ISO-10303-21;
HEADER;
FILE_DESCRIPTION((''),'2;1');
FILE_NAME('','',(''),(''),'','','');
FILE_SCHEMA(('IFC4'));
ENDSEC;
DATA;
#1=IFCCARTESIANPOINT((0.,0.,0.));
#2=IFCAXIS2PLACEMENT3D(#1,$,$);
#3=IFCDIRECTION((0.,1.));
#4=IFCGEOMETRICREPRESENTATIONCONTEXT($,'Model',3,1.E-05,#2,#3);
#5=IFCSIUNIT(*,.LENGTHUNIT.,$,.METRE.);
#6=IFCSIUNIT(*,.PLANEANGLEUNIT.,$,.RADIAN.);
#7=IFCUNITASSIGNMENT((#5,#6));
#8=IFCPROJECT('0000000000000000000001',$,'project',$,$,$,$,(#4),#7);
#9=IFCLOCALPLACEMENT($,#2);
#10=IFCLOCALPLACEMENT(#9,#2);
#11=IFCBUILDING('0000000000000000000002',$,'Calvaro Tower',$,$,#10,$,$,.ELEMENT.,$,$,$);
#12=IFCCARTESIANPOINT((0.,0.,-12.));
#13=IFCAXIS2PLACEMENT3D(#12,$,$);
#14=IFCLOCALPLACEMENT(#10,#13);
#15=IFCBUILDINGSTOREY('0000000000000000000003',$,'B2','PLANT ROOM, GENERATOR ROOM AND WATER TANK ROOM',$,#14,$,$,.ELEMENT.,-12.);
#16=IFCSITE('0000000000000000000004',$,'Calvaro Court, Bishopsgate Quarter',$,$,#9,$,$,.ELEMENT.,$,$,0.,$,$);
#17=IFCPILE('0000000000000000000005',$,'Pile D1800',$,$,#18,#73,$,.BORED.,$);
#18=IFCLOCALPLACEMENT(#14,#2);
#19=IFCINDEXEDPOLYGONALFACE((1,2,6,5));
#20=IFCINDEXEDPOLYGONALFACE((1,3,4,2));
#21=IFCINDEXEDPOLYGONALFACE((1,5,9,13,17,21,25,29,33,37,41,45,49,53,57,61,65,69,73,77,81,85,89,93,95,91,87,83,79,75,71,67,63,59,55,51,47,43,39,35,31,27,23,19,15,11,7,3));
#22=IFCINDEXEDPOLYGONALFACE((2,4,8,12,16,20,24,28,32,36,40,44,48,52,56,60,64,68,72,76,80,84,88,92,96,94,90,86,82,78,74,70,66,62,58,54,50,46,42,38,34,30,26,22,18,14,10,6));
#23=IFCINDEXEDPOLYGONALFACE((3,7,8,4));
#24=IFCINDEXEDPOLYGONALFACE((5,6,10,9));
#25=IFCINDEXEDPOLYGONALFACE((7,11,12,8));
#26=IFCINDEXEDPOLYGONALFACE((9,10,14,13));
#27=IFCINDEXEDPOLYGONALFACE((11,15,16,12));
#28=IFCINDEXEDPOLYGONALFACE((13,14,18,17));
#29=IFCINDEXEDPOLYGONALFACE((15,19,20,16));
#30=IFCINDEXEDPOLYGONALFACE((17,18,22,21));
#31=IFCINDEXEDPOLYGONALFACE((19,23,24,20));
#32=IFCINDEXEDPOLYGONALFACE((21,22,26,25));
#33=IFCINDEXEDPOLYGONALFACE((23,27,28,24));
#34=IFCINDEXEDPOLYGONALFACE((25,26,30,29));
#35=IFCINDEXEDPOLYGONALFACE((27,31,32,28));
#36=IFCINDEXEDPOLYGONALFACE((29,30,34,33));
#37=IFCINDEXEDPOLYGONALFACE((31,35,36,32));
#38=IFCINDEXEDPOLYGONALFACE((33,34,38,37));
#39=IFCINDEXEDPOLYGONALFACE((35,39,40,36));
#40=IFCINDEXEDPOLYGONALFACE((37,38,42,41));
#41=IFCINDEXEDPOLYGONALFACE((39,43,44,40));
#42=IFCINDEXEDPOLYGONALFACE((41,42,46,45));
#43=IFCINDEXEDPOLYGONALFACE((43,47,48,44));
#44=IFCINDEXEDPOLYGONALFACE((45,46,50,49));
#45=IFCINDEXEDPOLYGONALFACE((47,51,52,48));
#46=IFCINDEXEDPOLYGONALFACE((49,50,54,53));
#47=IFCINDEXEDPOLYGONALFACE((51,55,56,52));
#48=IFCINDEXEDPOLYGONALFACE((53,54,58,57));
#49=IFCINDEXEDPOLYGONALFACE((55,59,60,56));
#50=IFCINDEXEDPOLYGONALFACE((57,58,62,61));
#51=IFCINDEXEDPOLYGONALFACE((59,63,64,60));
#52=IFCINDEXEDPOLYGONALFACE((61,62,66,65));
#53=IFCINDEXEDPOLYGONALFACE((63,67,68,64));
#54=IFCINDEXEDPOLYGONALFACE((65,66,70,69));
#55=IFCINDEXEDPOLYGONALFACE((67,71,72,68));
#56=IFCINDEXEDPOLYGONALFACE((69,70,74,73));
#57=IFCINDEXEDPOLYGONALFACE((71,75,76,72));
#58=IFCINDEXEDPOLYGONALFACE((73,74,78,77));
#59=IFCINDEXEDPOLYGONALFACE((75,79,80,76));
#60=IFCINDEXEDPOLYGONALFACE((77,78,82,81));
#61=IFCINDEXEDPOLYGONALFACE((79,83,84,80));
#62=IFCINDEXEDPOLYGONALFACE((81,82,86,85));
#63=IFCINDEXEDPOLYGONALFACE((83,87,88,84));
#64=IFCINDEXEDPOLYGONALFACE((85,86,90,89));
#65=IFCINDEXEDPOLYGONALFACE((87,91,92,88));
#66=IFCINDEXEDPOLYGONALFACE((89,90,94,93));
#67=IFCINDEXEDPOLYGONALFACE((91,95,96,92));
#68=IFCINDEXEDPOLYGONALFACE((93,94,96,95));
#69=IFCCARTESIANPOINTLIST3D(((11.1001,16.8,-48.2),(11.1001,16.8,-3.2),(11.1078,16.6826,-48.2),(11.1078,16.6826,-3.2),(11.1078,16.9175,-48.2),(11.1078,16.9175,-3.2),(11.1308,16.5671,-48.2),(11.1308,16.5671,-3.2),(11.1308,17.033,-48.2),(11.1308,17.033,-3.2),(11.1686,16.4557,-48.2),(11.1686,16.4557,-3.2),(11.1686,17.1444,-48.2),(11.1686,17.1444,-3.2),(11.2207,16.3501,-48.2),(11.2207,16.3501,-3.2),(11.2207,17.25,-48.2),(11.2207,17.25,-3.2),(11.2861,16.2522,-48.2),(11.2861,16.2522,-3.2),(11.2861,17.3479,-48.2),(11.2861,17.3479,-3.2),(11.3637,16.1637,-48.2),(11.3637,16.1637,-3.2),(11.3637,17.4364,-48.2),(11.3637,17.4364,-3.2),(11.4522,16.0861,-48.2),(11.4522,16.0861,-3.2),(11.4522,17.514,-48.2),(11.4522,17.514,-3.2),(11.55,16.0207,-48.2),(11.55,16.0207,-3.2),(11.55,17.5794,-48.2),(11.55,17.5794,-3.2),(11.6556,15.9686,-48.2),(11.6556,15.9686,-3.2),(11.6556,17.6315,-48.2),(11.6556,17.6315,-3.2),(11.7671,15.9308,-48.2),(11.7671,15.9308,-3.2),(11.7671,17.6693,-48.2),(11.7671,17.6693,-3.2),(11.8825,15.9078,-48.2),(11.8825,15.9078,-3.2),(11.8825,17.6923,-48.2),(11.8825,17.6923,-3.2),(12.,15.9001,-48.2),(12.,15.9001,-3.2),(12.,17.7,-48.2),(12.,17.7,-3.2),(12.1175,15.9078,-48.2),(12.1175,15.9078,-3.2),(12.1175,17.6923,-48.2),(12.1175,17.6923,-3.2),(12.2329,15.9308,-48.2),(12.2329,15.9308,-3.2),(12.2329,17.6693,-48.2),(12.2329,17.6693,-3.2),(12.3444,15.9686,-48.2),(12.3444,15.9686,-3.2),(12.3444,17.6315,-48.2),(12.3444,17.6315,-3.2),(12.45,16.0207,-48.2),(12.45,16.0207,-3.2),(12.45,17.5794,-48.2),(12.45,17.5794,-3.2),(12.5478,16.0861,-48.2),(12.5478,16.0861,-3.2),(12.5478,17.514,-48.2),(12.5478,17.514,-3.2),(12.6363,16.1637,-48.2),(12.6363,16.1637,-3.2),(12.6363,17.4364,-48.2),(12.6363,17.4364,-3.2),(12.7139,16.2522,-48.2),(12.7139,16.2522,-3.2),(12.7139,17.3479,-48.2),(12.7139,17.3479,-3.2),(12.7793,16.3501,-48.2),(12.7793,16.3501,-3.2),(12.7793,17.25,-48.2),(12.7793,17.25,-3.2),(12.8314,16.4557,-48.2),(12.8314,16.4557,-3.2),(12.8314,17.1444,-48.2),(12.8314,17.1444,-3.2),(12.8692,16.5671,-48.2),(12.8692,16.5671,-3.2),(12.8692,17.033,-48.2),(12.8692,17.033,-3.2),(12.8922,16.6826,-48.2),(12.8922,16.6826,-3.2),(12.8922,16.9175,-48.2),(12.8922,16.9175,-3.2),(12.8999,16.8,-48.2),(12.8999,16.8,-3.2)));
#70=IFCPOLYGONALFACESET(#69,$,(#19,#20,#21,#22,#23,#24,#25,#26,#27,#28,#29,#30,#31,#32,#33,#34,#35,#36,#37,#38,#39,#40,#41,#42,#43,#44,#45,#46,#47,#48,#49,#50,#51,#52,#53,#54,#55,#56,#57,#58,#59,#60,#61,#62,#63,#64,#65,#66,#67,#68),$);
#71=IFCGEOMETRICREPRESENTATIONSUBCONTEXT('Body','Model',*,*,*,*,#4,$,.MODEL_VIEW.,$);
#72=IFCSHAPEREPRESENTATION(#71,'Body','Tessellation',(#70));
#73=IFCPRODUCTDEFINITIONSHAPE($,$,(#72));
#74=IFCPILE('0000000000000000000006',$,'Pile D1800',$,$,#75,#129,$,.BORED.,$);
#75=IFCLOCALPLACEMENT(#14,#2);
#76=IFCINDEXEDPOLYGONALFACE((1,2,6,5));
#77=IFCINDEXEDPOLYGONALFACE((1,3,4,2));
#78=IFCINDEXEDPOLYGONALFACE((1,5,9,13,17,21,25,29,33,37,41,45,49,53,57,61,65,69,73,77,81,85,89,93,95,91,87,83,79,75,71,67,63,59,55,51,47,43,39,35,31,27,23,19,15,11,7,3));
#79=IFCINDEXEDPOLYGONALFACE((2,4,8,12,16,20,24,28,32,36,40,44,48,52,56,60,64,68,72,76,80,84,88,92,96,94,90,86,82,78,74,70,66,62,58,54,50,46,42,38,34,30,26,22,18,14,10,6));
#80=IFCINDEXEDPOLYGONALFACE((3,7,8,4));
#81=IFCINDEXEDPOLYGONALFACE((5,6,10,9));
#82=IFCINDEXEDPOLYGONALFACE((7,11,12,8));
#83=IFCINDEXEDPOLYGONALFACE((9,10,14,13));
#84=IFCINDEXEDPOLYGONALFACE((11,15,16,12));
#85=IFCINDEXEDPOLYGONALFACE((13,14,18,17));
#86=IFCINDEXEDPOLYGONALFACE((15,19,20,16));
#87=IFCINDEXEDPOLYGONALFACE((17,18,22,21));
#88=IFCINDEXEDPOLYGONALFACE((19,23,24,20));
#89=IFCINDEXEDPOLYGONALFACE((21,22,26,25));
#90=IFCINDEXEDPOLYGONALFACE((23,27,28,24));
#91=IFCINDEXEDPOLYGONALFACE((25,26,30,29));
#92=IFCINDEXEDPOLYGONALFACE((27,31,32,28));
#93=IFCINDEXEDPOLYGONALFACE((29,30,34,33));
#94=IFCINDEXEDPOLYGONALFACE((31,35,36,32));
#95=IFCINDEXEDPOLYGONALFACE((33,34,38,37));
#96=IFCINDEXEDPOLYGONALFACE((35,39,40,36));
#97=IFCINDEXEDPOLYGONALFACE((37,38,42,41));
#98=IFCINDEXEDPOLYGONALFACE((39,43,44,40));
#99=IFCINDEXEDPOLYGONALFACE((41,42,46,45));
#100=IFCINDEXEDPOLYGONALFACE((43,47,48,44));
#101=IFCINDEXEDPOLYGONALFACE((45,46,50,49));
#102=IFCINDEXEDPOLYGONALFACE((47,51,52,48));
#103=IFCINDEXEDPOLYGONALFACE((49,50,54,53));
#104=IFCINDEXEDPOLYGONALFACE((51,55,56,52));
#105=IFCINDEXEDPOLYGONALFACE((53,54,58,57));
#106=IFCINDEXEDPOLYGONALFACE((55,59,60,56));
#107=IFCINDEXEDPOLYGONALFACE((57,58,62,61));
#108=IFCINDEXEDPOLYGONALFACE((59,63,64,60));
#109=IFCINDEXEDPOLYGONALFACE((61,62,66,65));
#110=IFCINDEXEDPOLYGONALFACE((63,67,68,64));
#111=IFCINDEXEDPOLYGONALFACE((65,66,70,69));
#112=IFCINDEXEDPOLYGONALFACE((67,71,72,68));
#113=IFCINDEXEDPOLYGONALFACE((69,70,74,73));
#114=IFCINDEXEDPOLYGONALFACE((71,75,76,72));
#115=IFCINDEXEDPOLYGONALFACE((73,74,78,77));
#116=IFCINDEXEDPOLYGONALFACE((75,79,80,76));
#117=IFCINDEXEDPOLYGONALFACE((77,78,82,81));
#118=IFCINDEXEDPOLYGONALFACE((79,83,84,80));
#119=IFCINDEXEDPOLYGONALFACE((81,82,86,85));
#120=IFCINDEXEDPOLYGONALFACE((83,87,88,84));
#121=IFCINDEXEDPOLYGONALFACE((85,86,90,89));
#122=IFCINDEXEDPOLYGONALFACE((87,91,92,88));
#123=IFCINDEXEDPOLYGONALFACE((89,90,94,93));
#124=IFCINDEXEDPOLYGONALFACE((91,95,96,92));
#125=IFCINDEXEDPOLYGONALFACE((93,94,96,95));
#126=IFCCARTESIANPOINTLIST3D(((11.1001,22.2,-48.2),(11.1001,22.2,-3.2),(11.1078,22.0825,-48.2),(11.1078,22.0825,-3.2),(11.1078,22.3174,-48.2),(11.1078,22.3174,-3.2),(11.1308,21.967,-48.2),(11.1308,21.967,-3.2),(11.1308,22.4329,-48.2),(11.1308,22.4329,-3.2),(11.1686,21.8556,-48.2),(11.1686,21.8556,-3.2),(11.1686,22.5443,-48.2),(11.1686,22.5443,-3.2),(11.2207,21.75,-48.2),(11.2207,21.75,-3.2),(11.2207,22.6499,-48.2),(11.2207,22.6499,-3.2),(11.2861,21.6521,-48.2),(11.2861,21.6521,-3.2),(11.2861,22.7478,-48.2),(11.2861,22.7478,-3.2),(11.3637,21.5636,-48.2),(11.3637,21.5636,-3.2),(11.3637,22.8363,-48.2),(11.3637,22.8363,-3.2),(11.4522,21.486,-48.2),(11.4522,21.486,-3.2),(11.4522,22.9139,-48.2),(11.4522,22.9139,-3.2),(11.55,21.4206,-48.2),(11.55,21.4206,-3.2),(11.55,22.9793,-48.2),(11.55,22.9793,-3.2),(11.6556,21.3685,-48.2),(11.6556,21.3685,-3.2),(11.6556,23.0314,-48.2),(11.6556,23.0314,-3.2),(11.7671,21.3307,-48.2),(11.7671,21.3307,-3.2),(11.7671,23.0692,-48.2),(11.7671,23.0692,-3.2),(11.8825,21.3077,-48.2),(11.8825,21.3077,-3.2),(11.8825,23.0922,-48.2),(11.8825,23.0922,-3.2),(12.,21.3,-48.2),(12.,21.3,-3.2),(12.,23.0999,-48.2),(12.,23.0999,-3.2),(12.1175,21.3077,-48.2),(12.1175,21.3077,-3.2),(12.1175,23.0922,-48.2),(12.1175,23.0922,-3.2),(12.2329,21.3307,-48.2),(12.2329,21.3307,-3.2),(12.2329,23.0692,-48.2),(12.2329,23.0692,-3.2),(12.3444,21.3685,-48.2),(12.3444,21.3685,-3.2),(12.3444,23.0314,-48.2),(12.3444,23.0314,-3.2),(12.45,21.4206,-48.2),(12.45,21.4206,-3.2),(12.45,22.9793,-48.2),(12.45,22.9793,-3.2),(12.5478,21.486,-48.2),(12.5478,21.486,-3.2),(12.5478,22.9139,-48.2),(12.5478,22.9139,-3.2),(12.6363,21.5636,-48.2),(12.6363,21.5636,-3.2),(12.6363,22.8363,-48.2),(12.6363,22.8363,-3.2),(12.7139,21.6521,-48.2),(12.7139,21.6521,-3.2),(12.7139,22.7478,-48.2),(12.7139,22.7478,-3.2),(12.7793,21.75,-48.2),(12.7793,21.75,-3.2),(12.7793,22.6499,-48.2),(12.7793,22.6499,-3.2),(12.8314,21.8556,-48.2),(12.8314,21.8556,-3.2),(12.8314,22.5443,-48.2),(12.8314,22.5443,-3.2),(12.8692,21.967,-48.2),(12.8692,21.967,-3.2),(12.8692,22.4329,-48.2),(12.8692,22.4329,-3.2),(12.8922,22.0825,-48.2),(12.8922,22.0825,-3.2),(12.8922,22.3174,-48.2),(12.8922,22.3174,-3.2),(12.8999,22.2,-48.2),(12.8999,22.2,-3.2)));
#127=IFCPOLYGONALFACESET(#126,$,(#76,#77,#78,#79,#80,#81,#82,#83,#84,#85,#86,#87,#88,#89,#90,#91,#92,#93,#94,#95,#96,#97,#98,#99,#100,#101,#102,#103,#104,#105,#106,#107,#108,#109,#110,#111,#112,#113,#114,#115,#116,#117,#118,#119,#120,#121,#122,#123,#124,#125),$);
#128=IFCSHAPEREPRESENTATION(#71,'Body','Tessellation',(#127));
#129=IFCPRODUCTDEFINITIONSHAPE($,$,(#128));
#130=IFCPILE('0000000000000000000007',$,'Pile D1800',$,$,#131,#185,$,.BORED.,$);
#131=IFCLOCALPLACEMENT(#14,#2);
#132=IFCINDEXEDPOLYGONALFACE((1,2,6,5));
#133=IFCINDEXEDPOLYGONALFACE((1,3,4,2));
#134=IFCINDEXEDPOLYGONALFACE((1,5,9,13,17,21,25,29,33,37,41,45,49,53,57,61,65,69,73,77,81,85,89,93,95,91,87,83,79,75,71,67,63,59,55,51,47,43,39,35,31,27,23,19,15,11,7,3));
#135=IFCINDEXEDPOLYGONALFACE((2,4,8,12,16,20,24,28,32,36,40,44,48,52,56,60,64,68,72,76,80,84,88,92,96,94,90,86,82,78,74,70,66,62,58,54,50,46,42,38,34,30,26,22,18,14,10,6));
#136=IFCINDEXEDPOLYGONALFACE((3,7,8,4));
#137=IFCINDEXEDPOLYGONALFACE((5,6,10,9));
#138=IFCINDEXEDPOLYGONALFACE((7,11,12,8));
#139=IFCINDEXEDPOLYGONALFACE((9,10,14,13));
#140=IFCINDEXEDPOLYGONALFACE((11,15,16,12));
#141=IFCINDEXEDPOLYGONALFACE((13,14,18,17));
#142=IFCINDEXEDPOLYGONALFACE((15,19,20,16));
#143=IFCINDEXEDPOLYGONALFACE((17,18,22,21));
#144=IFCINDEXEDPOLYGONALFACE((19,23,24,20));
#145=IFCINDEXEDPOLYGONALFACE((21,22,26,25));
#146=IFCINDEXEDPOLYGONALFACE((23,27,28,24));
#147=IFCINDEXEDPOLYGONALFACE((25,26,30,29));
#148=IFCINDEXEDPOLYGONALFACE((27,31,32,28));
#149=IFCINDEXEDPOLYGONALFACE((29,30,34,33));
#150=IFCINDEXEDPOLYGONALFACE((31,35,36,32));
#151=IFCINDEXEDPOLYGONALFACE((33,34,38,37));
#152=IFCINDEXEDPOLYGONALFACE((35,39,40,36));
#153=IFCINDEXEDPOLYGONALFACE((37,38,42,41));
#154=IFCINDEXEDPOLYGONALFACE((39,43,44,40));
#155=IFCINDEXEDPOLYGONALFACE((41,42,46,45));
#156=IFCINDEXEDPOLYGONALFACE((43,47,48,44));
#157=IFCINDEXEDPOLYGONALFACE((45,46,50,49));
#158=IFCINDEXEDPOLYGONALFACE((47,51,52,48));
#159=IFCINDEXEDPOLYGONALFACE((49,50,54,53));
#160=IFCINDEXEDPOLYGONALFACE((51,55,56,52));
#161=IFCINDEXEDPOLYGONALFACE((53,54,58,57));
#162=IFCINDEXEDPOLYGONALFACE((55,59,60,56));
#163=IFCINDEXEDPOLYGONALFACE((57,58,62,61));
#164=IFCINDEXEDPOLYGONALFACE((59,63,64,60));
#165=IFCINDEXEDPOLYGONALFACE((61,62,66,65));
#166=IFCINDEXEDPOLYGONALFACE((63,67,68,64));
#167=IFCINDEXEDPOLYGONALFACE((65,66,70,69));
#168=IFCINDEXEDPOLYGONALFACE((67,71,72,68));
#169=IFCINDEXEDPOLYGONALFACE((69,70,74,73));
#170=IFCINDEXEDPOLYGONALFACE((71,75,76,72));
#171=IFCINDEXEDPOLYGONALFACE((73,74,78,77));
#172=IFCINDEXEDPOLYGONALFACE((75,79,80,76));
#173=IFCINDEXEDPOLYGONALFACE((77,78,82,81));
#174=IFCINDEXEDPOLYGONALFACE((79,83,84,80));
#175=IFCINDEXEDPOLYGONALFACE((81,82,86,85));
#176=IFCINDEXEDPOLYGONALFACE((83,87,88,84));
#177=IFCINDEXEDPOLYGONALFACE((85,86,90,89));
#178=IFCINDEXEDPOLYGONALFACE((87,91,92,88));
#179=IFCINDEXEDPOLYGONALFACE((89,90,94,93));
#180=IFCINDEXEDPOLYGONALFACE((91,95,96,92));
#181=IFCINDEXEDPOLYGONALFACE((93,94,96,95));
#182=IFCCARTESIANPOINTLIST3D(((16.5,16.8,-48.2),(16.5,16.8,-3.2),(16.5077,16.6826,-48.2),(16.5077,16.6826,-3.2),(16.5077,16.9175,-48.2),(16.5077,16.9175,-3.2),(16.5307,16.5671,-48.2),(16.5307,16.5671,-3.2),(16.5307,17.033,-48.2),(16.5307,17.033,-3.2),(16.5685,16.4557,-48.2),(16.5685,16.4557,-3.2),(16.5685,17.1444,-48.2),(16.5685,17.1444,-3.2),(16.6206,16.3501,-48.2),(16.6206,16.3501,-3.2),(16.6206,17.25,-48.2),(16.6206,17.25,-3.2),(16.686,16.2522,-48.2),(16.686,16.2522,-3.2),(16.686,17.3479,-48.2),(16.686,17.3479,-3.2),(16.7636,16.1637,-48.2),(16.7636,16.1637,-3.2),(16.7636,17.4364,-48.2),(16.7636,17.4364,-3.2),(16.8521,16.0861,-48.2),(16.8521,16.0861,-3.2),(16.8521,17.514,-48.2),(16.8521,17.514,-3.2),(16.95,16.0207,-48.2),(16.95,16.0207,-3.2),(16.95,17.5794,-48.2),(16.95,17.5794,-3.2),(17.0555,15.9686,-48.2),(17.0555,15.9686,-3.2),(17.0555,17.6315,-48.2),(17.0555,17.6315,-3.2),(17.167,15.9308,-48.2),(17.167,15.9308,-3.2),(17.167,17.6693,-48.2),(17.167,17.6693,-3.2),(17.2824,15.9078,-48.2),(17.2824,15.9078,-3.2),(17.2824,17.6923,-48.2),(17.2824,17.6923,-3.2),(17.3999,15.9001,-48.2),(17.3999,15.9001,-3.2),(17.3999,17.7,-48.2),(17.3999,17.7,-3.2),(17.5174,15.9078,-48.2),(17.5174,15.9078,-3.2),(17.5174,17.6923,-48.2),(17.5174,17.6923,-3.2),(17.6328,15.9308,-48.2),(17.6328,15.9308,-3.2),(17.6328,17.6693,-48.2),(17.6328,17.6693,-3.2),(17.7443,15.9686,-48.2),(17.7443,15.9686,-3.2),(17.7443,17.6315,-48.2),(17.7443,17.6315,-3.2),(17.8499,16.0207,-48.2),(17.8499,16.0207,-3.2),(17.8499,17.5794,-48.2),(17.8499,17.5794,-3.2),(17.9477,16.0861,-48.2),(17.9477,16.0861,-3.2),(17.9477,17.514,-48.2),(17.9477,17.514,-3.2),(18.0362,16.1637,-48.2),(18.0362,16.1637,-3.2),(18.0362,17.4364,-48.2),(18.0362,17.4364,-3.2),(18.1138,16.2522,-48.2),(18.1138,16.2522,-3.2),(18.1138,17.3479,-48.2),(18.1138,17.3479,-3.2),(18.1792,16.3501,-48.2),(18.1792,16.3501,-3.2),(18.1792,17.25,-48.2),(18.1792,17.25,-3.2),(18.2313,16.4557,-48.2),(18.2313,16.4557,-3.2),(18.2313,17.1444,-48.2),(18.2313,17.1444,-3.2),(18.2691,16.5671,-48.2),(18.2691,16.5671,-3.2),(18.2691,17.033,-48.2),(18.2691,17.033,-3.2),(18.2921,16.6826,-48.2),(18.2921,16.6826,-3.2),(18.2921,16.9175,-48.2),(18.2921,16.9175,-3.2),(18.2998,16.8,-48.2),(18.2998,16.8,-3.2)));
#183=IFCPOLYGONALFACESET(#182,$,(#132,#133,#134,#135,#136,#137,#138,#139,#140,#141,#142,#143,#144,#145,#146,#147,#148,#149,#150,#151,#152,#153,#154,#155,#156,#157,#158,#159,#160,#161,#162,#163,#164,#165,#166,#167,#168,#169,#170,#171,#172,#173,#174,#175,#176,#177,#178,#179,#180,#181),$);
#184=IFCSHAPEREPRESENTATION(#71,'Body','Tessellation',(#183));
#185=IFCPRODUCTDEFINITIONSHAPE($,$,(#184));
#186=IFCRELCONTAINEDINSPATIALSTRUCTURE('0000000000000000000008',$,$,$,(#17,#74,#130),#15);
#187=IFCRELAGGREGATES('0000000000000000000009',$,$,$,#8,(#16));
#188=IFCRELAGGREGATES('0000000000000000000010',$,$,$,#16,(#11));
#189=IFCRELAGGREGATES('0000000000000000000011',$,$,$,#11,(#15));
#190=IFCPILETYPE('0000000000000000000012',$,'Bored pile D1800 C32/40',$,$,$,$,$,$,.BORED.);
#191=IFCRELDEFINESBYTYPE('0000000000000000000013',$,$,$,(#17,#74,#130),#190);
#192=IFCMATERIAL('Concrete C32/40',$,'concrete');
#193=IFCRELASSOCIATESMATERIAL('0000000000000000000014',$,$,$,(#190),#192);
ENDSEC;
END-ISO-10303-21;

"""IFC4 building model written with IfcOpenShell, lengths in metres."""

from ifc_helpers import new_model, si_unit, direction, frame, origin, origin_2d, place, context, subcontext, project, spatial, circle, extrude, material, material_profile, profile_set, type_object, element, save


model = new_model("IFC4")

# Units and contexts
model_context = context("Model", 3, precision=1e-05, world=origin(), true_north=direction((0.0, 1.0)))
body_context = subcontext(model_context, "Body", "Model", "MODEL_VIEW")
ifc_project = project(units=[si_unit("LENGTHUNIT", "METRE"), si_unit("PLANEANGLEUNIT", "RADIAN")], contexts=[model_context])

# Site, building, storey
site_placement = place(None, origin())
site = spatial("IfcSite", under=ifc_project, at=site_placement, Name="Calvaro Court, Bishopsgate Quarter", CompositionType="ELEMENT", RefElevation=0.0)
building_placement = place(site_placement, origin())
building = spatial("IfcBuilding", under=site, at=building_placement, Name="Calvaro Tower", CompositionType="ELEMENT")
storey_placement = place(building_placement, frame((0.0, 0.0, -12.0)))
storey = spatial("IfcBuildingStorey", under=building, at=storey_placement, Name="B2", Description="PLANT ROOM, GENERATOR ROOM AND WATER TANK ROOM", CompositionType="ELEMENT", Elevation=-12.0)

# Piles
ifc_material_1 = material(Name="Concrete C32/40", Category="concrete")
ifc_material_profile_1 = material_profile(ifc_material_1, circle(Radius=0.8999, at=origin_2d()), Name="Bored pile D1800")
ifc_profile_set_1 = profile_set([ifc_material_profile_1], Name="Concrete C32/40")
pile_type = type_object("IfcPileType", Name="Bored pile D1800 C32/40", PredefinedType="BORED", material=ifc_profile_set_1)
for number, where, z_axis, x_axis, name in (
    (1, (12.0, 16.8, -3.2), (0.0, 0.0, -1.0), (1.0, 0.0, 0.0), "Pile D1800"),
    (2, (12.0, 22.2, -3.2), (0.0, 0.0, -1.0), (1.0, 0.0, 0.0), "Pile D1800"),
    (3, (17.3999, 16.8, -3.2), (0.0, 0.0, -1.0), (1.0, 0.0, 0.0), "Pile D1800"),
):
    element("IfcPile", number, at=place(storey_placement, frame(where, z_axis=z_axis, x_axis=x_axis)), inside=storey, type_object=pile_type, Name=name, PredefinedType="BORED", context=body_context, shape_type="SweptSolid", body=[
        extrude(circle(Radius=0.8999, at=origin_2d()), origin(), (0.0, 0.0, 1.0), 45.0),
    ])

save(model, "model.ifc")
